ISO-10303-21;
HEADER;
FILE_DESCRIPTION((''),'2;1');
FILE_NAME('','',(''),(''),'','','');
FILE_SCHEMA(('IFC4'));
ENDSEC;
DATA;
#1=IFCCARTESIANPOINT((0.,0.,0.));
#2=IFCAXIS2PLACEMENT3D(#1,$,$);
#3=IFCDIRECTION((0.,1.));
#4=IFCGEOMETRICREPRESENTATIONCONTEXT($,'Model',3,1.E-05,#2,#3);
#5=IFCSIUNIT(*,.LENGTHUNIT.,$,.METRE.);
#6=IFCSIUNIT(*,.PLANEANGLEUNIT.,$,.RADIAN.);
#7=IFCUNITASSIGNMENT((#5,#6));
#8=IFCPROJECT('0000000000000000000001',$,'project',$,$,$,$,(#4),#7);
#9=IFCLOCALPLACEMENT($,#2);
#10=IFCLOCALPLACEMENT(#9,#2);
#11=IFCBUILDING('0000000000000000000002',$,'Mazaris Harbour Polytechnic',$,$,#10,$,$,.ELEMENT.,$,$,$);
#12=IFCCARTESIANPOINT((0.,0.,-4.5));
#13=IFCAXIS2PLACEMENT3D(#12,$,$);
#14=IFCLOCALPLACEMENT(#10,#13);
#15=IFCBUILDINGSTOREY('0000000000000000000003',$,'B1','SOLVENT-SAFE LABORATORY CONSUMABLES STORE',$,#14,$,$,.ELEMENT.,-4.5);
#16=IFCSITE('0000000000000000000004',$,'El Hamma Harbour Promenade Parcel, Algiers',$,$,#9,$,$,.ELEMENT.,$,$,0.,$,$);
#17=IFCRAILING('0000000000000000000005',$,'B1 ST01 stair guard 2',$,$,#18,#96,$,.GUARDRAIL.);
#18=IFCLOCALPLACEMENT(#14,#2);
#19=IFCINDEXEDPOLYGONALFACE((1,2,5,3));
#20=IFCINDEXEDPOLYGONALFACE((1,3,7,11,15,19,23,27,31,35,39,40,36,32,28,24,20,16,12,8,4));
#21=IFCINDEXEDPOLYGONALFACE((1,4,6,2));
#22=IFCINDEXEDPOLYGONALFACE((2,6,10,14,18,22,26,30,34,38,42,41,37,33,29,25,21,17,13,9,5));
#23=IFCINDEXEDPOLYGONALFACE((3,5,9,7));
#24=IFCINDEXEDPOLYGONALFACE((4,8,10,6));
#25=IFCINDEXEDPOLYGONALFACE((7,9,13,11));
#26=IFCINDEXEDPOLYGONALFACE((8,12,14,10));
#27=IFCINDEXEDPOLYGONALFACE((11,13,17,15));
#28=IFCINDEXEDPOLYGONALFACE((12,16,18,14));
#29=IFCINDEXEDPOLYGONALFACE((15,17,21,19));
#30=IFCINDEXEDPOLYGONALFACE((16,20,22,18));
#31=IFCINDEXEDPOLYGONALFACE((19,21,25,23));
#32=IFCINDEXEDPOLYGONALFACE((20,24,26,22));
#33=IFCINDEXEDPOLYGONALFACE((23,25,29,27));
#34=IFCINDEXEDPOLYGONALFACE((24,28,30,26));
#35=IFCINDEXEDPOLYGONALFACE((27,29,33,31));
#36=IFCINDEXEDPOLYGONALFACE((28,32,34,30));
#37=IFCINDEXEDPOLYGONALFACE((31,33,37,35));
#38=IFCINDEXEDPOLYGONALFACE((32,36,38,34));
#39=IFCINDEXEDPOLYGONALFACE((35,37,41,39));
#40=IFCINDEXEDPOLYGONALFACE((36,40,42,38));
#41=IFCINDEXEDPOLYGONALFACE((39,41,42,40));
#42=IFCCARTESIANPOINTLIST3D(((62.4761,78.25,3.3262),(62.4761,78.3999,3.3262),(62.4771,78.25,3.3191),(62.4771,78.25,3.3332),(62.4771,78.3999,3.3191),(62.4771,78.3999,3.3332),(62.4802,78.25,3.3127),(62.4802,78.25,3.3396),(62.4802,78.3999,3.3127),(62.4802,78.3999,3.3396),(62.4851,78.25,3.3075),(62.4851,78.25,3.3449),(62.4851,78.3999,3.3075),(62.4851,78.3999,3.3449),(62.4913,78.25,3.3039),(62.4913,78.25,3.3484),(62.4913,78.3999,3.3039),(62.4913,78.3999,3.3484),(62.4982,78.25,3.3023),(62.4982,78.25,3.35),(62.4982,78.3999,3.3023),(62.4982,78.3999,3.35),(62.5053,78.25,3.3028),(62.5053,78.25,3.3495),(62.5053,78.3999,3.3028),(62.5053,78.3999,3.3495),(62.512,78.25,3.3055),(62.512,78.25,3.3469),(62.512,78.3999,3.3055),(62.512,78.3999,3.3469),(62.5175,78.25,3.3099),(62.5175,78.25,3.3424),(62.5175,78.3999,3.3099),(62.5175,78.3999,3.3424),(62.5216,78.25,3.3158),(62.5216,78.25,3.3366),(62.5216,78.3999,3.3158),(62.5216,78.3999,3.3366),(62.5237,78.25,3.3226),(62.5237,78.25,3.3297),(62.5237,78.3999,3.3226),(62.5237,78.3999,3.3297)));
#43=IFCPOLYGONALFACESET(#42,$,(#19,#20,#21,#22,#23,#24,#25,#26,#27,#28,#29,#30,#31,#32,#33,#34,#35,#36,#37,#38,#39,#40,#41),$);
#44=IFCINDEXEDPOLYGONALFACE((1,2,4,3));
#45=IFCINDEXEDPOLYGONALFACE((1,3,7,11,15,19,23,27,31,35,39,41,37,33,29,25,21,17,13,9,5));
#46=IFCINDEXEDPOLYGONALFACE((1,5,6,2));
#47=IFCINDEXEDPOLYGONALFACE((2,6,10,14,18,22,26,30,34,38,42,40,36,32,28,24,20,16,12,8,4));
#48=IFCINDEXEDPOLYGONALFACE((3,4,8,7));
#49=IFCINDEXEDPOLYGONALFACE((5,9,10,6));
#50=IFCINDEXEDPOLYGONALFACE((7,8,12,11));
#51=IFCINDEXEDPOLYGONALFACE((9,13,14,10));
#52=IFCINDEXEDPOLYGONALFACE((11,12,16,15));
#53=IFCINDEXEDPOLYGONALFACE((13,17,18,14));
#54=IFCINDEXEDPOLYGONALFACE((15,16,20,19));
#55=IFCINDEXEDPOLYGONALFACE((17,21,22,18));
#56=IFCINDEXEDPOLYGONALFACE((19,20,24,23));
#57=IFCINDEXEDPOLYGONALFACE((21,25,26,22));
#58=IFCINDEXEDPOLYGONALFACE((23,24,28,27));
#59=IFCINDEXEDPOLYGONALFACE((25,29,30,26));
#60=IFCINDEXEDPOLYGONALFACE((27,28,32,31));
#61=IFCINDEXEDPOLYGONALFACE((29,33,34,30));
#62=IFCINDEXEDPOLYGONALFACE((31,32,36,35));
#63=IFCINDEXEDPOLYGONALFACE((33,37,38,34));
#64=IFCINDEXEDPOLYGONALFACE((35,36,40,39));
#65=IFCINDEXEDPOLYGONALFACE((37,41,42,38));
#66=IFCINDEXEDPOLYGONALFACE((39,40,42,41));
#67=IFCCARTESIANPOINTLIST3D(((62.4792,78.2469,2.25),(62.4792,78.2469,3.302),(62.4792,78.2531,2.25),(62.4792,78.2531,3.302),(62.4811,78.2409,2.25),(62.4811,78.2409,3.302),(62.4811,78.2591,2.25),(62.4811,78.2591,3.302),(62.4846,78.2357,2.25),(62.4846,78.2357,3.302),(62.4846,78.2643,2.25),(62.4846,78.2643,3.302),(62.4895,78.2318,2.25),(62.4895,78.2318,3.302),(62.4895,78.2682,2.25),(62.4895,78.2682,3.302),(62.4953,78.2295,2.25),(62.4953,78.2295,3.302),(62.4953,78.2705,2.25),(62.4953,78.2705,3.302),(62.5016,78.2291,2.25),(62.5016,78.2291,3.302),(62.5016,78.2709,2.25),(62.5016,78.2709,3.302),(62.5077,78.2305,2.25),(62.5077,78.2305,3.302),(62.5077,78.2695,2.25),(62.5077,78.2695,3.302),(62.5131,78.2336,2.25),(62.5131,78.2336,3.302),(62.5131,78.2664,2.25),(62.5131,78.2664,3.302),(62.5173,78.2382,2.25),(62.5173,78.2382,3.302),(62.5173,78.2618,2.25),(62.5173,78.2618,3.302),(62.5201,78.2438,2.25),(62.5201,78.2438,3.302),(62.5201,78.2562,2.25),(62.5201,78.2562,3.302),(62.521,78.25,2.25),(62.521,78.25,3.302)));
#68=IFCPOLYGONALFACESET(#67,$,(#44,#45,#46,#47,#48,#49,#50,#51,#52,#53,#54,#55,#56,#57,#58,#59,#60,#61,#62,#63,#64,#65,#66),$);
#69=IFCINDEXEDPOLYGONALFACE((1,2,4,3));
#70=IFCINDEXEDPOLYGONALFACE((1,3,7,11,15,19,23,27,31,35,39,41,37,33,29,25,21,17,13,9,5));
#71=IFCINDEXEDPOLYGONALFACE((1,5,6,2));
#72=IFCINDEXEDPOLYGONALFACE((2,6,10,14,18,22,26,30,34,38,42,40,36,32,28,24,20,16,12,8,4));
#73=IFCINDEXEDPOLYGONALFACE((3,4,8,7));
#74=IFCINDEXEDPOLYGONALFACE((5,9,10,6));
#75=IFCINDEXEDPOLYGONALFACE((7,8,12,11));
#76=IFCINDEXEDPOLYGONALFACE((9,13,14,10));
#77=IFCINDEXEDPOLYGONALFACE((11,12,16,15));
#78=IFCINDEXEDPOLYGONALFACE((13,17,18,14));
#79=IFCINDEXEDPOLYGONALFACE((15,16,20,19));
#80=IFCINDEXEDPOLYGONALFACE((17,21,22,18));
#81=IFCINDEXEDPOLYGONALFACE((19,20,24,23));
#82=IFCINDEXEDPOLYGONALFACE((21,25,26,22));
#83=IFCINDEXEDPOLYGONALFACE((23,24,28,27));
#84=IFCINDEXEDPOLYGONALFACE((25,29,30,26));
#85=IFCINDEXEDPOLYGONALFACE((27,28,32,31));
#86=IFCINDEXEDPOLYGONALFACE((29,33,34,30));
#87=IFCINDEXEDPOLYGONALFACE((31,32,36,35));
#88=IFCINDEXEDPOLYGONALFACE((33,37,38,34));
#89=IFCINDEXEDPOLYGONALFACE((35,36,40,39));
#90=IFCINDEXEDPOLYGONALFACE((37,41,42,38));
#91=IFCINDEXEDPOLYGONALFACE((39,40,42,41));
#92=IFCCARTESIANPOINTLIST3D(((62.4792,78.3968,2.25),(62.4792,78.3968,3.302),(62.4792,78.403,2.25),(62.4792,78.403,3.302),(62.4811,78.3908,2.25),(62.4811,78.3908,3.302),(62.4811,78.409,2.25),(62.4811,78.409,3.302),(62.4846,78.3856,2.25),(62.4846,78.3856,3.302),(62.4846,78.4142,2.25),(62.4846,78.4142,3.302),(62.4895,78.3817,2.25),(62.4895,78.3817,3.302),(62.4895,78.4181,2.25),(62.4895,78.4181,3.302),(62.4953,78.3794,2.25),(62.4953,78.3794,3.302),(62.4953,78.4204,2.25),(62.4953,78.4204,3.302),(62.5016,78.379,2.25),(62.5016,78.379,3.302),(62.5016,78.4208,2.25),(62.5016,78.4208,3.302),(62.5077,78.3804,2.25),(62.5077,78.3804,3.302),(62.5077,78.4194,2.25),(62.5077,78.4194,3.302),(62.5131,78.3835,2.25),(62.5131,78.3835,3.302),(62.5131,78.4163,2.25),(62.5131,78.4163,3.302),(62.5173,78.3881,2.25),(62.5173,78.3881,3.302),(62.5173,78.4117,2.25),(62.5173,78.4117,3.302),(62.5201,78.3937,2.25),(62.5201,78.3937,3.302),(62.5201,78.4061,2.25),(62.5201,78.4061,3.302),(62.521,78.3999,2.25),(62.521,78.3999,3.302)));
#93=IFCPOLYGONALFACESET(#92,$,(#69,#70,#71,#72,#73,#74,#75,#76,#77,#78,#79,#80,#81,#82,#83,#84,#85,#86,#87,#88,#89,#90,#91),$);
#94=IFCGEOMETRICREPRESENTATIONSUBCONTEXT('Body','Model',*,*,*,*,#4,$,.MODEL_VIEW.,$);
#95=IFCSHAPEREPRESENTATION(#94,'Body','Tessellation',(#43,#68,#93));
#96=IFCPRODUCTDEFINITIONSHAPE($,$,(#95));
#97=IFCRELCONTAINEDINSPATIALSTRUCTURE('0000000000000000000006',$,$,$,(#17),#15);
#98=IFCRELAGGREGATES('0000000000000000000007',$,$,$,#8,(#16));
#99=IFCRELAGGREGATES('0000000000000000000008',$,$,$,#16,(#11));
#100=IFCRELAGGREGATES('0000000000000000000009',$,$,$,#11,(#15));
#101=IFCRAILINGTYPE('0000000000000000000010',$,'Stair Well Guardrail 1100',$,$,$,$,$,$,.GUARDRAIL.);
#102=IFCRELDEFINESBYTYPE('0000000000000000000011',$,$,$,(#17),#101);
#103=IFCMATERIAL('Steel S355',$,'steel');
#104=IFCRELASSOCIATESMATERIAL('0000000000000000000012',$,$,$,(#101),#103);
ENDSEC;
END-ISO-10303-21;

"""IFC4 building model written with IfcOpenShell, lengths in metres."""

from ifc_helpers import new_model, si_unit, direction, frame, origin, origin_2d, place, context, subcontext, project, spatial, circle, extrude, material, type_object, element, save


model = new_model("IFC4")

# Units and contexts
model_context = context("Model", 3, precision=1e-05, world=origin(), true_north=direction((0.0, 1.0)))
body_context = subcontext(model_context, "Body", "Model", "MODEL_VIEW")
ifc_project = project(units=[si_unit("LENGTHUNIT", "METRE"), si_unit("PLANEANGLEUNIT", "RADIAN")], contexts=[model_context])

# Site, building, storey
site_placement = place(None, origin())
site = spatial("IfcSite", under=ifc_project, at=site_placement, Name="El Hamma Harbour Promenade Parcel, Algiers", CompositionType="ELEMENT", RefElevation=0.0)
building_placement = place(site_placement, origin())
building = spatial("IfcBuilding", under=site, at=building_placement, Name="Mazaris Harbour Polytechnic", CompositionType="ELEMENT")
storey_placement = place(building_placement, frame((0.0, 0.0, -4.5)))
storey = spatial("IfcBuildingStorey", under=building, at=storey_placement, Name="B1", Description="SOLVENT-SAFE LABORATORY CONSUMABLES STORE", CompositionType="ELEMENT", Elevation=-4.5)

# Railing
ifc_material_1 = material(Name="Steel S355", Category="steel")
railing_type_1 = type_object("IfcRailingType", Name="Stair Well Guardrail 1100", PredefinedType="GUARDRAIL", material=ifc_material_1)
railing_1_placement = place(storey_placement, frame((62.5, 78.25, 2.25)))
element("IfcRailing", 1, at=railing_1_placement, inside=storey, type_object=railing_type_1, Name="B1 ST01 stair guard 2", PredefinedType="GUARDRAIL", context=body_context, shape_type="SweptSolid", body=[
    extrude(circle(Radius=0.0239, at=origin_2d()), frame((0.0, 0.0, 1.0762), z_axis=(0.0, 1.0, 0.0), x_axis=(-1.0, 0.0, 0.0)), (0.0, 0.0, 1.0), 0.1499),
    extrude(circle(Radius=0.021, at=origin_2d()), origin(), (0.0, 0.0, 1.0), 1.052),
    extrude(circle(Radius=0.021, at=origin_2d()), frame((0.0, 0.1499, 0.0)), (0.0, 0.0, 1.0), 1.052),
])

save(model, "model.ifc")
